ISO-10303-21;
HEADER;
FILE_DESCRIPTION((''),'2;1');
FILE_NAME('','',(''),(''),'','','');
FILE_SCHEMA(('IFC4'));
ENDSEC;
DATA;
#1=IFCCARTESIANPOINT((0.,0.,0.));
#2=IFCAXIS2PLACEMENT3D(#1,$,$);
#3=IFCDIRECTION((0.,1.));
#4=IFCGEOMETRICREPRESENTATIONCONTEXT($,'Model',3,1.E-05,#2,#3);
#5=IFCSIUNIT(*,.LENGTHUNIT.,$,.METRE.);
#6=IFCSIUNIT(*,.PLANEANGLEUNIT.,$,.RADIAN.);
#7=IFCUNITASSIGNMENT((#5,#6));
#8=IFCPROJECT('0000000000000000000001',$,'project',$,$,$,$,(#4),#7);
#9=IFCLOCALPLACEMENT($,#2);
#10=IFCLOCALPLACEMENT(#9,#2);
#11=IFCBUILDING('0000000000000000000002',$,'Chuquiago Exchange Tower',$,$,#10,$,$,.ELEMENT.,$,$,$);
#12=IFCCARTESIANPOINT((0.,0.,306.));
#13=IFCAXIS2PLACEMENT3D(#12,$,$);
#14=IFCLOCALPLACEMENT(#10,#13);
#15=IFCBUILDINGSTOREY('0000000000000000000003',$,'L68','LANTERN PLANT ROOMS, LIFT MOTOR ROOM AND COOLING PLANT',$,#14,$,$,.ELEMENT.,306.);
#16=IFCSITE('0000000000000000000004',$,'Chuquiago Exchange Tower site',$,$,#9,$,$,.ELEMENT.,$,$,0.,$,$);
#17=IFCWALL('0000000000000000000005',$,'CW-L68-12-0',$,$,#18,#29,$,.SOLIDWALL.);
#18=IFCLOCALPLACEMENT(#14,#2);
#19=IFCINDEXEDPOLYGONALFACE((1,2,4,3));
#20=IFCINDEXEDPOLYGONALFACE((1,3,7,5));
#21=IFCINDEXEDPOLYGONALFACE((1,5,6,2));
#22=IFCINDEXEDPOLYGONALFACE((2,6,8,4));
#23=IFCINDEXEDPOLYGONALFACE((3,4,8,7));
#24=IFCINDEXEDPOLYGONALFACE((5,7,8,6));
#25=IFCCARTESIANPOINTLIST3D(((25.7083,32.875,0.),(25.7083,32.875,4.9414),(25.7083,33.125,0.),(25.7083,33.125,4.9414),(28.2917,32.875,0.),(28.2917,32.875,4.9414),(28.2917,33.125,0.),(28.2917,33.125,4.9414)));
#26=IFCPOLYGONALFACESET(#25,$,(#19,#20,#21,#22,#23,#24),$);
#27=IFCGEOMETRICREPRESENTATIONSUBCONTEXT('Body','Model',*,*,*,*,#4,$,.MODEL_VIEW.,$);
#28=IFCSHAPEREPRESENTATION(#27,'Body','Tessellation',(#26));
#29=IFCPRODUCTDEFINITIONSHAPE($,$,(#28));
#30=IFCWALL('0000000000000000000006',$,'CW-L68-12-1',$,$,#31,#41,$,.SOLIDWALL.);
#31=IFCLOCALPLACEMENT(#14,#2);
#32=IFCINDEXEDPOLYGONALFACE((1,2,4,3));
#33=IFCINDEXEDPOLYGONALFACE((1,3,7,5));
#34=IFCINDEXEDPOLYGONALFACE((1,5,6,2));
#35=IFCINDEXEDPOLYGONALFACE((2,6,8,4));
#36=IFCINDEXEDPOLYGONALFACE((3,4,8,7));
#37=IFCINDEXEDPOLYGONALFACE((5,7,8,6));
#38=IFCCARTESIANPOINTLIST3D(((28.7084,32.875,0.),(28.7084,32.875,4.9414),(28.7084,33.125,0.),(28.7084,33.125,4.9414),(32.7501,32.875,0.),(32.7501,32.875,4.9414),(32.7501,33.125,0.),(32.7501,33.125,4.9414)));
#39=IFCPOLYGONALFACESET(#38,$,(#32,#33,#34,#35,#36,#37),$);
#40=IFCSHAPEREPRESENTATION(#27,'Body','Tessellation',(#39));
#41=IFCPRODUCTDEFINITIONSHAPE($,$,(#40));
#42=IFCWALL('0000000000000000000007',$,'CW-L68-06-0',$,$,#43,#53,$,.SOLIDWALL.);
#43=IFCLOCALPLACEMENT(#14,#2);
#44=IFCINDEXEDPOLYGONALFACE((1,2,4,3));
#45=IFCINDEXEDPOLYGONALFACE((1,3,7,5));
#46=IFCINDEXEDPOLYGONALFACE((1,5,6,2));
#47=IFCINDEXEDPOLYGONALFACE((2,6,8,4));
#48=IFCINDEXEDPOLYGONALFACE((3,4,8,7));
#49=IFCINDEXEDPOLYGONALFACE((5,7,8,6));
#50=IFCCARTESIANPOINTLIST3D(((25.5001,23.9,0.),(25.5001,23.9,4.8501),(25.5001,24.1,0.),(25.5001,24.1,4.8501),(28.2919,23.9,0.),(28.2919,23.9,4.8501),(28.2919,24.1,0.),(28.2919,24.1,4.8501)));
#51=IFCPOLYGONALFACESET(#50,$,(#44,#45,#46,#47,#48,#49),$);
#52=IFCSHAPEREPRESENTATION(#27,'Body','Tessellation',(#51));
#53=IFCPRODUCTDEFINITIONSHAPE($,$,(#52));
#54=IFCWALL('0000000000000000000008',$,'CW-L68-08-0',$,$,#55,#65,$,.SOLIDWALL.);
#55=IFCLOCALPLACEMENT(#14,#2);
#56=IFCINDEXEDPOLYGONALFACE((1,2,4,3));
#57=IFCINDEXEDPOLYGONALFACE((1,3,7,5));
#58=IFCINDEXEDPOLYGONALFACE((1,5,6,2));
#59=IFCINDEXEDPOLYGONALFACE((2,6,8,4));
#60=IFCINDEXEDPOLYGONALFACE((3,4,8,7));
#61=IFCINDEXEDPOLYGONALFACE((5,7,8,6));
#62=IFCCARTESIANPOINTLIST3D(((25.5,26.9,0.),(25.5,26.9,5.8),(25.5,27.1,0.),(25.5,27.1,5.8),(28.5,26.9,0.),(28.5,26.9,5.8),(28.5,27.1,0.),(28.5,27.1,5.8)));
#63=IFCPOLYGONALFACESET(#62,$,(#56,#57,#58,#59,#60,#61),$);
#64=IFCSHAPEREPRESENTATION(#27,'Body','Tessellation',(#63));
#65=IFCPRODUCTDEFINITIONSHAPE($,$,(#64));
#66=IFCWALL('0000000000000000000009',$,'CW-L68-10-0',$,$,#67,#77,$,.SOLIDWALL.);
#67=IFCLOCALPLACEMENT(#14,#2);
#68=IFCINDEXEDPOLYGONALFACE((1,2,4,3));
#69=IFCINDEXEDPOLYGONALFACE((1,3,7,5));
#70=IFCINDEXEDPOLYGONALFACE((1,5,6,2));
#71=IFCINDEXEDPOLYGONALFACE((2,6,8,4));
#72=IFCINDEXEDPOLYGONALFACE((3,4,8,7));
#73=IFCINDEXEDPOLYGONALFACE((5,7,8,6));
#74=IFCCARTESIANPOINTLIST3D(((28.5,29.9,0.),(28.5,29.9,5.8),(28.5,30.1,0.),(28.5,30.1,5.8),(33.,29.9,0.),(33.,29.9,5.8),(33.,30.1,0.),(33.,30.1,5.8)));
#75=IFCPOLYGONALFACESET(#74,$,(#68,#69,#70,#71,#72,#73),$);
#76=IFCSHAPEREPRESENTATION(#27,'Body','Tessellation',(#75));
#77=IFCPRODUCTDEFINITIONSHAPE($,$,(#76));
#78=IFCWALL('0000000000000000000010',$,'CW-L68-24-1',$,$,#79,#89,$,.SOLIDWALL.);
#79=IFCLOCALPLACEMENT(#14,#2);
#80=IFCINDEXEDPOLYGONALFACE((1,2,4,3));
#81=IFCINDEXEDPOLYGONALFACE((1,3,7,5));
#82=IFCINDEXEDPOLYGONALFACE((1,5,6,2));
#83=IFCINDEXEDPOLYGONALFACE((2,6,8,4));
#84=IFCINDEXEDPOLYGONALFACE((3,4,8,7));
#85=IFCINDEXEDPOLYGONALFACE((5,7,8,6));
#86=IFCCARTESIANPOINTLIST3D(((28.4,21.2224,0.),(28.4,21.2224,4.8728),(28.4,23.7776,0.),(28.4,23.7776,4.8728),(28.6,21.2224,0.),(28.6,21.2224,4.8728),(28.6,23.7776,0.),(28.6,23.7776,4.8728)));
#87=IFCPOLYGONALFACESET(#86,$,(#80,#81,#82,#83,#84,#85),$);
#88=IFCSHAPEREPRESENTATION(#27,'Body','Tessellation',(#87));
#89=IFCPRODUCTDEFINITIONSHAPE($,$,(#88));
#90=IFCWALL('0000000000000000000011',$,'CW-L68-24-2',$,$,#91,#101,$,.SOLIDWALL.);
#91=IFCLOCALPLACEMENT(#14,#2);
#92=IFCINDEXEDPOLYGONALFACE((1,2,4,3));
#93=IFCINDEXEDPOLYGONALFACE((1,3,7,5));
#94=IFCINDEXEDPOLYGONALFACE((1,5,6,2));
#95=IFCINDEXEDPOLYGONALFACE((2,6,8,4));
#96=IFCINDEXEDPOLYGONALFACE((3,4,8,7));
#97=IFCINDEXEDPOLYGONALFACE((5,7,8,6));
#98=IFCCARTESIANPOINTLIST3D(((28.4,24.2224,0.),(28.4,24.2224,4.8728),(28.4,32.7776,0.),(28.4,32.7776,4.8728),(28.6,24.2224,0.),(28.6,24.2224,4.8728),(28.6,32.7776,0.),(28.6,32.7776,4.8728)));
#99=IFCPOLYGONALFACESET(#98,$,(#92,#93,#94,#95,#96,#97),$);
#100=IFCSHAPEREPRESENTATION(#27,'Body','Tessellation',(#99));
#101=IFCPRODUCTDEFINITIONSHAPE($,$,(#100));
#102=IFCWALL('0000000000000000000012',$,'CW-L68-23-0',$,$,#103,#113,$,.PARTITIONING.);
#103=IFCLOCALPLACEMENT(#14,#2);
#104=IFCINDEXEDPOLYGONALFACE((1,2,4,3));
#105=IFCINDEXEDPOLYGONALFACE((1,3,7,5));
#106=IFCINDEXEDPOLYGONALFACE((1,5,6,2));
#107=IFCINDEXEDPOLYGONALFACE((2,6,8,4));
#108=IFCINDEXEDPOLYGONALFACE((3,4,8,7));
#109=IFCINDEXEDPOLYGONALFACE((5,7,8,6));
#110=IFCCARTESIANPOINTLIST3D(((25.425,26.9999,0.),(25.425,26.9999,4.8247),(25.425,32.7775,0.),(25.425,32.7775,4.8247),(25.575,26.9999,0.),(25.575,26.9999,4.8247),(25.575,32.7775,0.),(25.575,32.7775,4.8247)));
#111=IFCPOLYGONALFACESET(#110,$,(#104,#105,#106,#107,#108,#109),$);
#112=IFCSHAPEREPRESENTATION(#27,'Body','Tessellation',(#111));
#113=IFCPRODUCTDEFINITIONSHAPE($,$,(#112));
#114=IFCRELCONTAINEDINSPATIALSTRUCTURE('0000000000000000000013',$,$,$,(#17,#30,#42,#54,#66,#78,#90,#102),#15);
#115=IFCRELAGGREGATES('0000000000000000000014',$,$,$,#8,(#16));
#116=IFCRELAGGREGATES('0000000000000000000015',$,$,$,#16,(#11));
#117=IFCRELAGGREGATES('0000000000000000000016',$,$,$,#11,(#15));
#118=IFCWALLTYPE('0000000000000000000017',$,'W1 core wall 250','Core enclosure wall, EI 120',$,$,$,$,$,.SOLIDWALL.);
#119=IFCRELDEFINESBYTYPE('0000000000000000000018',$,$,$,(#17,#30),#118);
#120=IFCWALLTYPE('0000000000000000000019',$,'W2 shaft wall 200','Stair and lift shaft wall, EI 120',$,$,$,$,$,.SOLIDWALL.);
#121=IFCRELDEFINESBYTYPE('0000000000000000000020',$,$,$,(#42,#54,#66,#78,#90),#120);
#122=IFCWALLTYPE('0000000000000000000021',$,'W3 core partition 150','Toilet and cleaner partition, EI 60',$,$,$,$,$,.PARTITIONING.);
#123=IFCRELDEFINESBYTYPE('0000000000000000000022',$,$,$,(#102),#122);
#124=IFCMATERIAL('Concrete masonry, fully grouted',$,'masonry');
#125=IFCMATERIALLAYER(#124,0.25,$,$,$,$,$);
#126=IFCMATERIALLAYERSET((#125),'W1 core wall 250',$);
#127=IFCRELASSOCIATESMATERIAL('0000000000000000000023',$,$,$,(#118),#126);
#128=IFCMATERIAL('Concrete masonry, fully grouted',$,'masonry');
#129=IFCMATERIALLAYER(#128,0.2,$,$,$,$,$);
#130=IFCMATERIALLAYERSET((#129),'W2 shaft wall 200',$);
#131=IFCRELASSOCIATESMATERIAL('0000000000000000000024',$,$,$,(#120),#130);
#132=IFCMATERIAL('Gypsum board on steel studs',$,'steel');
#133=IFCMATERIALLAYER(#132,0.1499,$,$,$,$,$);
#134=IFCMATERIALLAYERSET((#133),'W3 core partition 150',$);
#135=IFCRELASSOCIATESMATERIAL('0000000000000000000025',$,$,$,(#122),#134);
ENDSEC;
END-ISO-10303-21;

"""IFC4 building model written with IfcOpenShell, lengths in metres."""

from ifc_helpers import new_model, si_unit, direction, frame, frame_2d, origin, place, context, subcontext, project, spatial, rectangle, extrude, material, layer, layer_set, type_object, element, save


model = new_model("IFC4")

# Units and contexts
model_context = context("Model", 3, precision=1e-05, world=origin(), true_north=direction((0.0, 1.0)))
body_context = subcontext(model_context, "Body", "Model", "MODEL_VIEW")
ifc_project = project(units=[si_unit("LENGTHUNIT", "METRE"), si_unit("PLANEANGLEUNIT", "RADIAN")], contexts=[model_context])

# Site, building, storey
site_placement = place(None, origin())
site = spatial("IfcSite", under=ifc_project, at=site_placement, Name="Chuquiago Exchange Tower site", CompositionType="ELEMENT", RefElevation=0.0)
building_placement = place(site_placement, origin())
building = spatial("IfcBuilding", under=site, at=building_placement, Name="Chuquiago Exchange Tower", CompositionType="ELEMENT")
storey_placement = place(building_placement, frame((0.0, 0.0, 306.0)))
storey = spatial("IfcBuildingStorey", under=building, at=storey_placement, Name="L68", Description="LANTERN PLANT ROOMS, LIFT MOTOR ROOM AND COOLING PLANT", CompositionType="ELEMENT", Elevation=306.0)

# Walls
ifc_material_1 = material(Name="Concrete masonry, fully grouted", Category="masonry")
ifc_layer_1 = layer(ifc_material_1, 0.25)
ifc_layer_set_1 = layer_set([ifc_layer_1], Name="W1 core wall 250")
wall_type_1 = type_object("IfcWallType", Name="W1 core wall 250", Description="Core enclosure wall, EI 120", PredefinedType="SOLIDWALL", material=ifc_layer_set_1)
wall_1_placement = place(storey_placement, frame((25.7083, 33.0, 0.0), z_axis=(0.0, 0.0, 1.0), x_axis=(1.0, 0.0, 0.0)))
element("IfcWall", 1, at=wall_1_placement, inside=storey, type_object=wall_type_1, Name="CW-L68-12-0", PredefinedType="SOLIDWALL", context=body_context, shape_type="SweptSolid", body=[
    extrude(rectangle(XDim=2.5835, YDim=0.25, at=frame_2d((1.2917, 0.0))), origin(), (0.0, 0.0, 1.0), 4.9414),
])
wall_2_placement = place(storey_placement, frame((28.7083, 33.0, 0.0), z_axis=(0.0, 0.0, 1.0), x_axis=(1.0, 0.0, 0.0)))
element("IfcWall", 2, at=wall_2_placement, inside=storey, type_object=wall_type_1, Name="CW-L68-12-1", PredefinedType="SOLIDWALL", context=body_context, shape_type="SweptSolid", body=[
    extrude(rectangle(XDim=4.0417, YDim=0.25, at=frame_2d((2.021, 0.0))), origin(), (0.0, 0.0, 1.0), 4.9414),
])
ifc_material_2 = material(Name="Concrete masonry, fully grouted", Category="masonry")
ifc_layer_2 = layer(ifc_material_2, 0.2)
ifc_layer_set_2 = layer_set([ifc_layer_2], Name="W2 shaft wall 200")
wall_type_2 = type_object("IfcWallType", Name="W2 shaft wall 200", Description="Stair and lift shaft wall, EI 120", PredefinedType="SOLIDWALL", material=ifc_layer_set_2)
wall_3_placement = place(storey_placement, frame((25.5, 24.0, 0.0), z_axis=(0.0, 0.0, 1.0), x_axis=(1.0, 0.0, 0.0)))
element("IfcWall", 3, at=wall_3_placement, inside=storey, type_object=wall_type_2, Name="CW-L68-06-0", PredefinedType="SOLIDWALL", context=body_context, shape_type="SweptSolid", body=[
    extrude(rectangle(XDim=2.7917, YDim=0.2, at=frame_2d((1.396, 0.0))), origin(), (0.0, 0.0, 1.0), 4.8501),
])
wall_4_placement = place(storey_placement, frame((25.5, 27.0, 0.0), z_axis=(0.0, 0.0, 1.0), x_axis=(1.0, 0.0, 0.0)))
element("IfcWall", 4, at=wall_4_placement, inside=storey, type_object=wall_type_2, Name="CW-L68-08-0", PredefinedType="SOLIDWALL", context=body_context, shape_type="SweptSolid", body=[
    extrude(rectangle(XDim=3.0, YDim=0.2, at=frame_2d((1.5, 0.0))), origin(), (0.0, 0.0, 1.0), 5.8),
])
wall_5_placement = place(storey_placement, frame((28.5, 30.0, 0.0), z_axis=(0.0, 0.0, 1.0), x_axis=(1.0, 0.0, 0.0)))
element("IfcWall", 5, at=wall_5_placement, inside=storey, type_object=wall_type_2, Name="CW-L68-10-0", PredefinedType="SOLIDWALL", context=body_context, shape_type="SweptSolid", body=[
    extrude(rectangle(XDim=4.5, YDim=0.2, at=frame_2d((2.25, 0.0))), origin(), (0.0, 0.0, 1.0), 5.8),
])
wall_6_placement = place(storey_placement, frame((28.5, 21.2224, 0.0), z_axis=(0.0, 0.0, 1.0), x_axis=(0.0, 1.0, 0.0)))
element("IfcWall", 6, at=wall_6_placement, inside=storey, type_object=wall_type_2, Name="CW-L68-24-1", PredefinedType="SOLIDWALL", context=body_context, shape_type="SweptSolid", body=[
    extrude(rectangle(XDim=2.5552, YDim=0.2, at=frame_2d((1.2776, 0.0))), origin(), (0.0, 0.0, 1.0), 4.8728),
])
wall_7_placement = place(storey_placement, frame((28.5, 24.2224, 0.0), z_axis=(0.0, 0.0, 1.0), x_axis=(0.0, 1.0, 0.0)))
element("IfcWall", 7, at=wall_7_placement, inside=storey, type_object=wall_type_2, Name="CW-L68-24-2", PredefinedType="SOLIDWALL", context=body_context, shape_type="SweptSolid", body=[
    extrude(rectangle(XDim=8.5552, YDim=0.2, at=frame_2d((4.2776, 0.0))), origin(), (0.0, 0.0, 1.0), 4.8728),
])
ifc_material_3 = material(Name="Gypsum board on steel studs", Category="steel")
ifc_layer_3 = layer(ifc_material_3, 0.1499)
ifc_layer_set_3 = layer_set([ifc_layer_3], Name="W3 core partition 150")
wall_type_3 = type_object("IfcWallType", Name="W3 core partition 150", Description="Toilet and cleaner partition, EI 60", PredefinedType="PARTITIONING", material=ifc_layer_set_3)
wall_8_placement = place(storey_placement, frame((25.5, 27.0, 0.0), z_axis=(0.0, 0.0, 1.0), x_axis=(0.0, 1.0, 0.0)))
element("IfcWall", 8, at=wall_8_placement, inside=storey, type_object=wall_type_3, Name="CW-L68-23-0", PredefinedType="PARTITIONING", context=body_context, shape_type="SweptSolid", body=[
    extrude(rectangle(XDim=5.7776, YDim=0.1499, at=frame_2d((2.8887, 0.0))), origin(), (0.0, 0.0, 1.0), 4.8247),
])

save(model, "model.ifc")
